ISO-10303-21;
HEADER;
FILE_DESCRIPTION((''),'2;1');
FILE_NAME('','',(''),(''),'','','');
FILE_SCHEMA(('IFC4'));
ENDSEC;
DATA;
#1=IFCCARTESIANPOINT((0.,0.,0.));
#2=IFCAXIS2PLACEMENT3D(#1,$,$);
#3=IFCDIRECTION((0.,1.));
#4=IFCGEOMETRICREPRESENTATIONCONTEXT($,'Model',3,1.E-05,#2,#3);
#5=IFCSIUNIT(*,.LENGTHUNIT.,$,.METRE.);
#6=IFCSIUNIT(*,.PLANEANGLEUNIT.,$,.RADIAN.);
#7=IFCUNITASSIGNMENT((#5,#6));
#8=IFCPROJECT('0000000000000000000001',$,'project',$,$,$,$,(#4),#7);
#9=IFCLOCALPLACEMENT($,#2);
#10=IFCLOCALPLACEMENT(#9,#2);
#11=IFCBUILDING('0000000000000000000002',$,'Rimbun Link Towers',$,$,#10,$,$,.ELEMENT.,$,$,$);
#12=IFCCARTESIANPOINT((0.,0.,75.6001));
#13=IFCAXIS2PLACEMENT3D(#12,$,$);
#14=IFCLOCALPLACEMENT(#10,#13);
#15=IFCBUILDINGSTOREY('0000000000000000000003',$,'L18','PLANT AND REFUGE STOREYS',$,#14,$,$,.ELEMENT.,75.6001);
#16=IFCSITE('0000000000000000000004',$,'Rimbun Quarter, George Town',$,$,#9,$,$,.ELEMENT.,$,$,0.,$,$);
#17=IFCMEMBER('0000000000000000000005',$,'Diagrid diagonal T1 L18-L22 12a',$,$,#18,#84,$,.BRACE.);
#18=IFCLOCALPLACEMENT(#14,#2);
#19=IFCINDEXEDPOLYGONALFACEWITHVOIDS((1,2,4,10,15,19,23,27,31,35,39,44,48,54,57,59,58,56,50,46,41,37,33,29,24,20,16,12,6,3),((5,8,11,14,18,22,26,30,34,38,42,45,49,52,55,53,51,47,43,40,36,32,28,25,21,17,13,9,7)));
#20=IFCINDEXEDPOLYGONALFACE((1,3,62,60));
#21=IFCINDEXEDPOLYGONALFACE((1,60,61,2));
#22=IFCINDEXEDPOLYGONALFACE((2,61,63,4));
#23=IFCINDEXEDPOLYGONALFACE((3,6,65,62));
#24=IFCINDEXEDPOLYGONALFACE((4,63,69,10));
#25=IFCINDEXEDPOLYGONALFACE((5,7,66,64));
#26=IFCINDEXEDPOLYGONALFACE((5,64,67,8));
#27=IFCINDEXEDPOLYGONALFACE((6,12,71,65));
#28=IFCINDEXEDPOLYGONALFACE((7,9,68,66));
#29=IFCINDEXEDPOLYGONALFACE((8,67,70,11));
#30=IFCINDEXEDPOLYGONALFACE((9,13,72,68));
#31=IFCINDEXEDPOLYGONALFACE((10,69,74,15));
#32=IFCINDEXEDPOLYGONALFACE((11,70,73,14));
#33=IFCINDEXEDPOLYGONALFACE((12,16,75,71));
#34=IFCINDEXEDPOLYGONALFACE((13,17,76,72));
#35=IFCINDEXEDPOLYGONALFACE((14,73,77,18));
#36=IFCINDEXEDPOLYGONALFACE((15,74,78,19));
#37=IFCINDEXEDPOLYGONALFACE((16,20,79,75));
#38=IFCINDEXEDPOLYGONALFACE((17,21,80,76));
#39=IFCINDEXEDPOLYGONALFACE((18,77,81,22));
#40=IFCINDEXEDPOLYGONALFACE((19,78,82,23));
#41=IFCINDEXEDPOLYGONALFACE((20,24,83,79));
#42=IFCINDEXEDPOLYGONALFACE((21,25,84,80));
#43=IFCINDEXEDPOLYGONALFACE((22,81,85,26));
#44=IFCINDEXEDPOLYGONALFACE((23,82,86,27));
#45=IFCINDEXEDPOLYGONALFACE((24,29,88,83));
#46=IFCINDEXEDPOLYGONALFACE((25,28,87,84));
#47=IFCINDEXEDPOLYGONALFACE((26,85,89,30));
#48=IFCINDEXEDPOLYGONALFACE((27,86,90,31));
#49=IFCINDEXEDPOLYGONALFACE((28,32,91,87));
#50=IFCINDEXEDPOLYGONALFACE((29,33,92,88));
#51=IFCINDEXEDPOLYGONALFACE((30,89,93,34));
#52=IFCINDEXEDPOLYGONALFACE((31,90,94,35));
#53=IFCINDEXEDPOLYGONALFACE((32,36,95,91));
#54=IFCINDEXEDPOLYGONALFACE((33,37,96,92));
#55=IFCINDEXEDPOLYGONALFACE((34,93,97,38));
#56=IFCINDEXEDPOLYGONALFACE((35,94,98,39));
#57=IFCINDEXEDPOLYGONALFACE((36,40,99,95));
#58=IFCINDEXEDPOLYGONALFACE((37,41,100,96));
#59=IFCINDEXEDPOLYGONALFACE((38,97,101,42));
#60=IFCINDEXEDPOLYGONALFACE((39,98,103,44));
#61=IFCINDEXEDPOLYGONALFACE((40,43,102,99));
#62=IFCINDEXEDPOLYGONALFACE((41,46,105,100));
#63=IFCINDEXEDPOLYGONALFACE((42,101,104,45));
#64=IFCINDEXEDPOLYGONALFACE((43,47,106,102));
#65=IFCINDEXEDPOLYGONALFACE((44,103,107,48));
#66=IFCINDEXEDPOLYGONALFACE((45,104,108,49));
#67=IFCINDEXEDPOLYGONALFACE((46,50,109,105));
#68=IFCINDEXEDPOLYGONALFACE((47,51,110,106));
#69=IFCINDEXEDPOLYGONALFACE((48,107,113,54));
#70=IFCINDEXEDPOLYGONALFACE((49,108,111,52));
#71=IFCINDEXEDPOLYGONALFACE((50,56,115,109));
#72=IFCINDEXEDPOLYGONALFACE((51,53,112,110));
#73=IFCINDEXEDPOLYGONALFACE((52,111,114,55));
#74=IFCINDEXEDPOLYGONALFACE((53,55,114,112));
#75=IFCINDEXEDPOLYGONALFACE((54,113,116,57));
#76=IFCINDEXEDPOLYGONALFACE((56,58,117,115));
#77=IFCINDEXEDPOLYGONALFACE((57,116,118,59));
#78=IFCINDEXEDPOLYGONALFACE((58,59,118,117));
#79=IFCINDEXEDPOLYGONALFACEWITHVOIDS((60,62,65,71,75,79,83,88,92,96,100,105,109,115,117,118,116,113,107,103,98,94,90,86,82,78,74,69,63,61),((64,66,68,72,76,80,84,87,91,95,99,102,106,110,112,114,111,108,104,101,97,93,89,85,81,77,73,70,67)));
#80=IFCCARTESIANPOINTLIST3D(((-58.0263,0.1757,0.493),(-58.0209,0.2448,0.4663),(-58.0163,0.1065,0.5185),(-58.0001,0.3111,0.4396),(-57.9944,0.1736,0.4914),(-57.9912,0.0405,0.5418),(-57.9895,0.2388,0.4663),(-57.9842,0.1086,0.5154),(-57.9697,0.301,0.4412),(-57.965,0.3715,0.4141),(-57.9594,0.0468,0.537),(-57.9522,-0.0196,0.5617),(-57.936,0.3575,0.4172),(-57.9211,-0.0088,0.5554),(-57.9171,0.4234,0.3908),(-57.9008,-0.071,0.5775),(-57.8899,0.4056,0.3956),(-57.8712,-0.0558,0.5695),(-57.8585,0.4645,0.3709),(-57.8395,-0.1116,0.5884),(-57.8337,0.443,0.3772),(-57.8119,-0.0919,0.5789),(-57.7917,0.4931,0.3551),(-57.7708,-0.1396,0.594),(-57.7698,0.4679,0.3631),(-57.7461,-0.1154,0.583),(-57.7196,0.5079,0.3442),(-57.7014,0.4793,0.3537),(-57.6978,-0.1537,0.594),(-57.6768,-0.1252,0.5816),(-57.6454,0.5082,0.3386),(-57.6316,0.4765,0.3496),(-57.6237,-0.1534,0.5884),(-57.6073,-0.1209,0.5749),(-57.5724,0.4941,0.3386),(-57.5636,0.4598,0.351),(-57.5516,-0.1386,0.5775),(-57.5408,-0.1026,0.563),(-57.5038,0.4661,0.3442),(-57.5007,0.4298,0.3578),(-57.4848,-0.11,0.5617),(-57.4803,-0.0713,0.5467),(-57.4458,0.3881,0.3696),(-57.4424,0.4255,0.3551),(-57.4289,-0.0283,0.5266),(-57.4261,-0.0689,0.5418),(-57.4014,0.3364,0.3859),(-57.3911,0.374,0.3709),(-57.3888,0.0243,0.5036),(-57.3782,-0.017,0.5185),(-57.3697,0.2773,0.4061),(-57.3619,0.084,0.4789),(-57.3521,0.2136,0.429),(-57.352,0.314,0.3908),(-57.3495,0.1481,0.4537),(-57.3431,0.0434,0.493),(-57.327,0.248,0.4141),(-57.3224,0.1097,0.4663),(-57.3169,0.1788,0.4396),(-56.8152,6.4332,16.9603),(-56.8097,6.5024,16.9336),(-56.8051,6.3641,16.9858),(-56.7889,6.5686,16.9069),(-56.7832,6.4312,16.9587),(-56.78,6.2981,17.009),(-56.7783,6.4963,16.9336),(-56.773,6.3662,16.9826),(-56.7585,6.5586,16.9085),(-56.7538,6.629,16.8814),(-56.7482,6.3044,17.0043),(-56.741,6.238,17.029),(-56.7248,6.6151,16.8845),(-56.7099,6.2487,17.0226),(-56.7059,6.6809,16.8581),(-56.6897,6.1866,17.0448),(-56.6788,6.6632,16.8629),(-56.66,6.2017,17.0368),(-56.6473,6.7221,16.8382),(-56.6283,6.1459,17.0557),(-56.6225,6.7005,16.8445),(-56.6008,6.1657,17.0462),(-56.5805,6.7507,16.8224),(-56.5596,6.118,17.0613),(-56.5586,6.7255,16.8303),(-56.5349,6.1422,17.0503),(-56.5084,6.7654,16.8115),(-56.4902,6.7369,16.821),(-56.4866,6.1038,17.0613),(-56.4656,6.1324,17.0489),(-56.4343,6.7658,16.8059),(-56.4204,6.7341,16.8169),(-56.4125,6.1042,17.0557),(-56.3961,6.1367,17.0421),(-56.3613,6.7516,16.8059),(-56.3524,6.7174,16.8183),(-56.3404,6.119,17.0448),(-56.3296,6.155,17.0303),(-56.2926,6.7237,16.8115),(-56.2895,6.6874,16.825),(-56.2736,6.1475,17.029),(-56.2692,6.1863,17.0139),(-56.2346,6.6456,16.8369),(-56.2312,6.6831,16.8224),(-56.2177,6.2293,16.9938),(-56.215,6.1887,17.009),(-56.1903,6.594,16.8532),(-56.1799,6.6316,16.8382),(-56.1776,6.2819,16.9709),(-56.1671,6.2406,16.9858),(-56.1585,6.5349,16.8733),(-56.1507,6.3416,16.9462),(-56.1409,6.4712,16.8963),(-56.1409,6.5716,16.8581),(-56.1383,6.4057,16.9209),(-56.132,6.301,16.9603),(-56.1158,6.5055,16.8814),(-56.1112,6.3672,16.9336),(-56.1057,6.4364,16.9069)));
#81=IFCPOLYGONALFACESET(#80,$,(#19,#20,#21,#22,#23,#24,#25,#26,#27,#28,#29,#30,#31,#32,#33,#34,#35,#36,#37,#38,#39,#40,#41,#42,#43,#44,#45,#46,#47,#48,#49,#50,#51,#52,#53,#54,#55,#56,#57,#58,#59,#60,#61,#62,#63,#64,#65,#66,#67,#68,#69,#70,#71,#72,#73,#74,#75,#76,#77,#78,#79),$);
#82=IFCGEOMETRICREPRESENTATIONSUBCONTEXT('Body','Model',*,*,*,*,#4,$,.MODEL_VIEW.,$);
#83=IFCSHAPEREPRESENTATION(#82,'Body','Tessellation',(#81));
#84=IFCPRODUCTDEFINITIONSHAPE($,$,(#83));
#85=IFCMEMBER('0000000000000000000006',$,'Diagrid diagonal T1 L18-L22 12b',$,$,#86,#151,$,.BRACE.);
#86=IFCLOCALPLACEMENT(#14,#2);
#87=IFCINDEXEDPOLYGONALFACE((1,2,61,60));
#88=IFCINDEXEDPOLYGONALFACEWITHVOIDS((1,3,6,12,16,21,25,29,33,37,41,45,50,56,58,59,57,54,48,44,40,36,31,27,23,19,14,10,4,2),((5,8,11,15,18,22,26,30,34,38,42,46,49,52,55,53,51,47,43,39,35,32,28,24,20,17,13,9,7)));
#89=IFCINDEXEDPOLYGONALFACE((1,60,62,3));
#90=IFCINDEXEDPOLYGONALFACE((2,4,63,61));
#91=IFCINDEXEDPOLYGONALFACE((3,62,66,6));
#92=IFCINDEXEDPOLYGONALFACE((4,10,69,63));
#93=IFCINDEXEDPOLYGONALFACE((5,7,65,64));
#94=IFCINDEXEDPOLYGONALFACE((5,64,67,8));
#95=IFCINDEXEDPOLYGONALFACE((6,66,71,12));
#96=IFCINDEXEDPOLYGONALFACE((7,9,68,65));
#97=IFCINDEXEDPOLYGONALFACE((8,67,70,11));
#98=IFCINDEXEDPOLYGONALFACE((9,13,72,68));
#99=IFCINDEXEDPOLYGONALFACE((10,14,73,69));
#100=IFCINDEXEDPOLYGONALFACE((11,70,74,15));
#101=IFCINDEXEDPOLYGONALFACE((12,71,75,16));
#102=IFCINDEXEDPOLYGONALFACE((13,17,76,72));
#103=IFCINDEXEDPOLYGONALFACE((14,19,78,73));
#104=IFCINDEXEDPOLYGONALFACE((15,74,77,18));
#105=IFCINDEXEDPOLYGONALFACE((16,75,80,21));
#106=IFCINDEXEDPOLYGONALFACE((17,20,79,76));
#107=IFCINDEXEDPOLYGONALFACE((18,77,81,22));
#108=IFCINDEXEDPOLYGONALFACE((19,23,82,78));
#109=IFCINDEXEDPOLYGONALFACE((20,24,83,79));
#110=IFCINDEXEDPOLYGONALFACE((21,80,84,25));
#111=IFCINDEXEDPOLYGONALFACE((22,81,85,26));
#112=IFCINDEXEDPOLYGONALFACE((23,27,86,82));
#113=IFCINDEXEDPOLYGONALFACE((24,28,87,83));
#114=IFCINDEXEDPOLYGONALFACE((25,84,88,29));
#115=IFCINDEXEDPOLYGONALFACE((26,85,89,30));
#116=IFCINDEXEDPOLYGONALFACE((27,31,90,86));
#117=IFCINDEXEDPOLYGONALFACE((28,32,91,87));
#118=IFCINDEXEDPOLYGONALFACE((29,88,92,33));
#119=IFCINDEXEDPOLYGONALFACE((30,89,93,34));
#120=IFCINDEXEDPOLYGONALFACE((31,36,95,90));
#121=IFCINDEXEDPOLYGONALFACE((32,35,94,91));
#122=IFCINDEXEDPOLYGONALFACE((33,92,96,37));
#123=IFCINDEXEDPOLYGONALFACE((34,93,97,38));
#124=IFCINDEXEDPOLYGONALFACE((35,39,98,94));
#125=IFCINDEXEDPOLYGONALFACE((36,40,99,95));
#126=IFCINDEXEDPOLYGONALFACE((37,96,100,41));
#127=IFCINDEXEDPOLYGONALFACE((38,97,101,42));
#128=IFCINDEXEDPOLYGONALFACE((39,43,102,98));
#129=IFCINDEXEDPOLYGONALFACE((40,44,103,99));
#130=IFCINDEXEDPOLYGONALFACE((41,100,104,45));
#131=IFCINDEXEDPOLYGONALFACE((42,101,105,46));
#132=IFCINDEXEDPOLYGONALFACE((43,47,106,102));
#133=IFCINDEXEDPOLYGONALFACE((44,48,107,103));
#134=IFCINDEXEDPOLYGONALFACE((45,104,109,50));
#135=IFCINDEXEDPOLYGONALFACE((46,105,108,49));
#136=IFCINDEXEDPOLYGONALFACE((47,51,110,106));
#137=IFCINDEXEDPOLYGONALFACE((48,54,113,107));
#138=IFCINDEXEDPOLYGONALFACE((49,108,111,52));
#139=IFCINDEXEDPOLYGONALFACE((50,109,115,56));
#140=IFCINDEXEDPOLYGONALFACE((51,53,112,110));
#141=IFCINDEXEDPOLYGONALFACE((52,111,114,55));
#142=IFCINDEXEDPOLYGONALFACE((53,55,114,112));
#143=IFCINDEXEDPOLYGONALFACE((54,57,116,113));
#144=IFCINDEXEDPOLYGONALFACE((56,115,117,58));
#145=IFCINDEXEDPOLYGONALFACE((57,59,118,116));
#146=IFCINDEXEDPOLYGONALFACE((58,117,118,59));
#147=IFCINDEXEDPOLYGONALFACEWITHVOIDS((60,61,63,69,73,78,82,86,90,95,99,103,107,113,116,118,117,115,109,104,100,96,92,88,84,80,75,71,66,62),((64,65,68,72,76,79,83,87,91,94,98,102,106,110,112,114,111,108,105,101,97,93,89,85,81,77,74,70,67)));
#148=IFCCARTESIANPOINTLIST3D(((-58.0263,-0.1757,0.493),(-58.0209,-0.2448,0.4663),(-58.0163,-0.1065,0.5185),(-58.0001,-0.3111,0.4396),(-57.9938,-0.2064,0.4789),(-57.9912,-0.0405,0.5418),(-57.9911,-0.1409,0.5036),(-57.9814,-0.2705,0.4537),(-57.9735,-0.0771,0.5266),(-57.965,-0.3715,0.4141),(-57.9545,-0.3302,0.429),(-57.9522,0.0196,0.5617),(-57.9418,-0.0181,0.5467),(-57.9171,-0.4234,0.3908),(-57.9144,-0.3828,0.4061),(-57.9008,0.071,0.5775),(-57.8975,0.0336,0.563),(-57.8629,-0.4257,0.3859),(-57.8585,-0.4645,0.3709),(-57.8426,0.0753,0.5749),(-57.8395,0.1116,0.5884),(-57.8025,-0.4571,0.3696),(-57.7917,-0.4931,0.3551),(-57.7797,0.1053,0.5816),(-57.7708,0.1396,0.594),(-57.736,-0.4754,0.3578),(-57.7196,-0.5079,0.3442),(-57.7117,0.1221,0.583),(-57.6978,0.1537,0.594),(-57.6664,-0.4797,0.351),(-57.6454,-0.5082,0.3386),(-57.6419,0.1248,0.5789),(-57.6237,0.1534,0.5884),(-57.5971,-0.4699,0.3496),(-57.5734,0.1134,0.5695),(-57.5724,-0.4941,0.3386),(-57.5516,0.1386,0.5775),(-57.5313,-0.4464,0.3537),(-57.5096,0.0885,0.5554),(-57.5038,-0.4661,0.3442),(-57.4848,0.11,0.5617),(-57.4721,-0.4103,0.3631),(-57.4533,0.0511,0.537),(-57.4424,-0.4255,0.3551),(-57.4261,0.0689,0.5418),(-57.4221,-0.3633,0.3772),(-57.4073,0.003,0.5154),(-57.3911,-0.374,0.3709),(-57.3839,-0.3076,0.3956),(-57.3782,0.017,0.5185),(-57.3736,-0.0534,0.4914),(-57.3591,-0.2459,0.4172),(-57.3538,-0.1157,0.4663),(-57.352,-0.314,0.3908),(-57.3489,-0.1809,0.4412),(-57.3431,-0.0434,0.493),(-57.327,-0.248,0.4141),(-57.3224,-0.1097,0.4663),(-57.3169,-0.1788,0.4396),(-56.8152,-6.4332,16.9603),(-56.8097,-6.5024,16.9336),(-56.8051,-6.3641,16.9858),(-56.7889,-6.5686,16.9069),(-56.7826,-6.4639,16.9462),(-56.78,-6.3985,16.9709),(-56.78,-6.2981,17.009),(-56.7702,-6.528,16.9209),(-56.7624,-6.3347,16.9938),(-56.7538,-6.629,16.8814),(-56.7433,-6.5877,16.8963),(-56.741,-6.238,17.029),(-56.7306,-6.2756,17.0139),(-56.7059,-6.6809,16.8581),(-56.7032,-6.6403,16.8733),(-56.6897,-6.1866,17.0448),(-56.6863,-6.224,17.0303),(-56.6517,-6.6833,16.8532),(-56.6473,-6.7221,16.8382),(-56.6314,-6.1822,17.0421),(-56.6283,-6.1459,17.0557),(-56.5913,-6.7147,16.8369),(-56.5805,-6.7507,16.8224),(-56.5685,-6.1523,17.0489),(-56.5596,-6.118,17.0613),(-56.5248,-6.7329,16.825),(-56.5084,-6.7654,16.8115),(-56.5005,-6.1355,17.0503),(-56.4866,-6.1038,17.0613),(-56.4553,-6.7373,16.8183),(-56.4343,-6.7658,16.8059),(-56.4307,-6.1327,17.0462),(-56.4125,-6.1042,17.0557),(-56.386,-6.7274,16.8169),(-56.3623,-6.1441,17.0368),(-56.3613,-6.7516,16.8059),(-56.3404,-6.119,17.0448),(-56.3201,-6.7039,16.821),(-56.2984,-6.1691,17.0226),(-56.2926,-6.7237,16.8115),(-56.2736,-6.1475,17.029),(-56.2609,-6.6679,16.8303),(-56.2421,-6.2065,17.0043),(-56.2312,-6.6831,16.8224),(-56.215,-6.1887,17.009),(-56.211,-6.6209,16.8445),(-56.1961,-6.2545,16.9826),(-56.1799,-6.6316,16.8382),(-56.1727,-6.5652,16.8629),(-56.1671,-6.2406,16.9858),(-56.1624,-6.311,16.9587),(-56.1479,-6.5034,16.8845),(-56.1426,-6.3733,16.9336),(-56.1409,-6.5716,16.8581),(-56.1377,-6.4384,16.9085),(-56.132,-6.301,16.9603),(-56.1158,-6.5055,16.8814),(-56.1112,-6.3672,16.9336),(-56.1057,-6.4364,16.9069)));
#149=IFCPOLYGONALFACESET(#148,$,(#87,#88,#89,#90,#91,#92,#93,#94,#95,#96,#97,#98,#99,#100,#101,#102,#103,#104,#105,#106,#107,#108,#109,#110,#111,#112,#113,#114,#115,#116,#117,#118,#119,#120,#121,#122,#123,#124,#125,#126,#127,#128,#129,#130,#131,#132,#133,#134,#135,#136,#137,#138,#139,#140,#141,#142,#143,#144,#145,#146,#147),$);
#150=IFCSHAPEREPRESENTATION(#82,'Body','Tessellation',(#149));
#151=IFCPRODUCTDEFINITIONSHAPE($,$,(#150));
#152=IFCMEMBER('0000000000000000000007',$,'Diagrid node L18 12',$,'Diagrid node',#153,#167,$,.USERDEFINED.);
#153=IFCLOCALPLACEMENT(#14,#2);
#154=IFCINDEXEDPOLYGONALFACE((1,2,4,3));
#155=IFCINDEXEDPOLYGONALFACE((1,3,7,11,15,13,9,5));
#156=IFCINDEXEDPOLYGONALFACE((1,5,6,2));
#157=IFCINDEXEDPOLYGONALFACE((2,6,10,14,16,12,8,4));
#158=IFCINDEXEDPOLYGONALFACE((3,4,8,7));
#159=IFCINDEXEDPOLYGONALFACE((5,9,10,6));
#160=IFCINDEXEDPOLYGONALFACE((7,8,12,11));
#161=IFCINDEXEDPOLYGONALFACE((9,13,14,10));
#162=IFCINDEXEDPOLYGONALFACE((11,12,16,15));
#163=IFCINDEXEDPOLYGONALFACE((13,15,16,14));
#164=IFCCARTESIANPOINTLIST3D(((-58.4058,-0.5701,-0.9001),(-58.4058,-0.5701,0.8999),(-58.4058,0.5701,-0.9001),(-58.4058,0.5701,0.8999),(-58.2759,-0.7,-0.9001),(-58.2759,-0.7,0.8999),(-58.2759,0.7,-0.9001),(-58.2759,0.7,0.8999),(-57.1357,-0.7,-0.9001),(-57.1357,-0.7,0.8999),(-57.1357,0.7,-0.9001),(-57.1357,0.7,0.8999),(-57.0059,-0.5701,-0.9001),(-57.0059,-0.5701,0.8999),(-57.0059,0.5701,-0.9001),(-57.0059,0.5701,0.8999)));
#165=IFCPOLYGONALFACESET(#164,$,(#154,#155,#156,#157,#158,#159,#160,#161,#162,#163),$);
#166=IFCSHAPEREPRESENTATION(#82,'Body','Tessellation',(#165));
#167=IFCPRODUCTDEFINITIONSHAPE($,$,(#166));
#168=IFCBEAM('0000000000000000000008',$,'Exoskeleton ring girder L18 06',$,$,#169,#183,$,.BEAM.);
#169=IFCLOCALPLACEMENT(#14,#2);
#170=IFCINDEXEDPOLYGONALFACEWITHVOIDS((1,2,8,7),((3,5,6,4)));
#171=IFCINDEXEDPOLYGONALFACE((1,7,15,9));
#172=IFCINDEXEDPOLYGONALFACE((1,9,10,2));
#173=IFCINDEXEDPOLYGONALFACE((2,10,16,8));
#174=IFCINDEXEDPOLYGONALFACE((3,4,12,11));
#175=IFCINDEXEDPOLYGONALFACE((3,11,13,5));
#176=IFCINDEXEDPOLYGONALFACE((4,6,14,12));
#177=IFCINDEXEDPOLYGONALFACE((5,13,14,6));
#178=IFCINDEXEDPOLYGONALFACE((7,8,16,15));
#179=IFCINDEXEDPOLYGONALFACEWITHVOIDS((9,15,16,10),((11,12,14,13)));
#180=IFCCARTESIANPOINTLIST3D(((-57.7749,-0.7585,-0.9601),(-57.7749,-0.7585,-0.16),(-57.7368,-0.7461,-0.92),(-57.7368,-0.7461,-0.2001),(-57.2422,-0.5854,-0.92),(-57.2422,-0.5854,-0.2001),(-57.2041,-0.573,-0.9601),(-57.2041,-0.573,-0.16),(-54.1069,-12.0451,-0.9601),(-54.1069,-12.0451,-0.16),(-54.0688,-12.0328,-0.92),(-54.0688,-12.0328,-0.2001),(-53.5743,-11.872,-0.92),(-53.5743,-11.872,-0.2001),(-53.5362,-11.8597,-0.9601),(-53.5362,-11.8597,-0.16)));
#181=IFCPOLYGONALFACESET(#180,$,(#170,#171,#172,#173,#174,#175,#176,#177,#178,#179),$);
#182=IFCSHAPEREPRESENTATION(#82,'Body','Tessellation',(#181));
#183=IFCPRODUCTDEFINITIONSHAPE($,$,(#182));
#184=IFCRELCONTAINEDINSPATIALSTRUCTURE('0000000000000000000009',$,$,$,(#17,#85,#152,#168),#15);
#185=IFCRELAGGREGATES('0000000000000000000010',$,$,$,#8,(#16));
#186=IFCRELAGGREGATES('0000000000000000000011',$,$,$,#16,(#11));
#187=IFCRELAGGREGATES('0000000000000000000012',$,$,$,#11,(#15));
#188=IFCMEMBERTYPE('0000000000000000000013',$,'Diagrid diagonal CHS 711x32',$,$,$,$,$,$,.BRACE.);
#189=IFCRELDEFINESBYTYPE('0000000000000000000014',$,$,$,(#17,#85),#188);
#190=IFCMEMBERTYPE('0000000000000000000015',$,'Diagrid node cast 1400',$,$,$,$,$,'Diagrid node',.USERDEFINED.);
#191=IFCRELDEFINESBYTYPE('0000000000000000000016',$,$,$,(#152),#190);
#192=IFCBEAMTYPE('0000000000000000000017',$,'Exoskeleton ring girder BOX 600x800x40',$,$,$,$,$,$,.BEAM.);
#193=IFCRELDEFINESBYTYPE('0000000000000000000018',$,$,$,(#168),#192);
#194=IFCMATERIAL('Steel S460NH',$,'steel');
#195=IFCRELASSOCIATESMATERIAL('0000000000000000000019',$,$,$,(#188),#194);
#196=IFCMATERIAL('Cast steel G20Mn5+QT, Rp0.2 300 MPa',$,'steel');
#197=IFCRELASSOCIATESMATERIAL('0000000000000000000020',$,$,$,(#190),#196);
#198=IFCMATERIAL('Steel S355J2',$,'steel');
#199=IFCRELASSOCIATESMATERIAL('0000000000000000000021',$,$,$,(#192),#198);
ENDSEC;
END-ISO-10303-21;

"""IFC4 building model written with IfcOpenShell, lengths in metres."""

from ifc_helpers import new_model, si_unit, direction, frame, origin, origin_2d, place, context, subcontext, project, spatial, polyline, hollow_rectangle, hollow_circle, outline, extrude, material, material_profile, profile_set, type_object, element, save


model = new_model("IFC4")

# Units and contexts
model_context = context("Model", 3, precision=1e-05, world=origin(), true_north=direction((0.0, 1.0)))
body_context = subcontext(model_context, "Body", "Model", "MODEL_VIEW")
ifc_project = project(units=[si_unit("LENGTHUNIT", "METRE"), si_unit("PLANEANGLEUNIT", "RADIAN")], contexts=[model_context])

# Site, building, storey
site_placement = place(None, origin())
site = spatial("IfcSite", under=ifc_project, at=site_placement, Name="Rimbun Quarter, George Town", CompositionType="ELEMENT", RefElevation=0.0)
building_placement = place(site_placement, origin())
building = spatial("IfcBuilding", under=site, at=building_placement, Name="Rimbun Link Towers", CompositionType="ELEMENT")
storey_placement = place(building_placement, frame((0.0, 0.0, 75.6001)))
storey = spatial("IfcBuildingStorey", under=building, at=storey_placement, Name="L18", Description="PLANT AND REFUGE STOREYS", CompositionType="ELEMENT", Elevation=75.6001)

# Members
ifc_material_1 = material(Name="Steel S460NH", Category="steel")
ifc_material_profile_1 = material_profile(ifc_material_1, hollow_circle(Radius=0.3557, WallThickness=0.032, at=origin_2d()), Name="Diagrid diagonal CHS 711x32")
ifc_profile_set_1 = profile_set([ifc_material_profile_1], Name="Steel S460NH")
member_type_1 = type_object("IfcMemberType", Name="Diagrid diagonal CHS 711x32", PredefinedType="BRACE", material=ifc_profile_set_1)
for number, where, z_axis, x_axis, name in (
    (1, (-57.6716, 0.1772, 0.4663), (0.068592, 0.354381, 0.932582), (-0.981779, 0.190028, 0.0), "Diagrid diagonal T1 L18-L22 12a"),
    (2, (-57.6716, -0.1772, 0.4663), (0.068592, -0.354381, 0.932582), (0.981779, 0.190028, 0.0), "Diagrid diagonal T1 L18-L22 12b"),
):
    element("IfcMember", number, at=place(storey_placement, frame(where, z_axis=z_axis, x_axis=x_axis)), inside=storey, type_object=member_type_1, Name=name, PredefinedType="BRACE", context=body_context, shape_type="SweptSolid", body=[
        extrude(hollow_circle(Radius=0.3557, WallThickness=0.032, at=origin_2d()), origin(), (0.0, 0.0, 1.0), 17.6577),
    ])
ifc_material_2 = material(Name="Cast steel G20Mn5+QT, Rp0.2 300 MPa", Category="steel")
ifc_material_profile_2 = material_profile(ifc_material_2, outline(polyline([(0.7, -0.5701), (0.7, 0.5701), (0.5701, 0.7), (-0.5701, 0.7), (-0.7, 0.5701), (-0.7, -0.5701), (-0.5701, -0.7), (0.5701, -0.7), (0.7, -0.5701)])), Name="NODE 1400x1400")
ifc_profile_set_2 = profile_set([ifc_material_profile_2], Name="Cast steel G20Mn5+QT, Rp0.2 300 MPa")
member_type_2 = type_object("IfcMemberType", Name="Diagrid node cast 1400", ElementType="Diagrid node", PredefinedType="USERDEFINED", material=ifc_profile_set_2)
member_1_placement = place(storey_placement, frame((-57.7058, 0.0, -0.9001), z_axis=(0.0, 0.0, 1.0), x_axis=(-1.0, 0.0, 0.0)))
element("IfcMember", 3, at=member_1_placement, inside=storey, type_object=member_type_2, Name="Diagrid node L18 12", ObjectType="Diagrid node", PredefinedType="USERDEFINED", context=body_context, shape_type="SweptSolid", body=[
    extrude(outline(polyline([(0.7, -0.5701), (0.7, 0.5701), (0.5701, 0.7), (-0.5701, 0.7), (-0.7, 0.5701), (-0.7, -0.5701), (-0.5701, -0.7), (0.5701, -0.7), (0.7, -0.5701)])), origin(), (0.0, 0.0, 1.0), 1.8),
])

# Beam
ifc_material_3 = material(Name="Steel S355J2", Category="steel")
ifc_material_profile_3 = material_profile(ifc_material_3, hollow_rectangle(XDim=0.6001, YDim=0.8, WallThickness=0.04, at=origin_2d()), Name="Exoskeleton ring girder BOX 600x800x40")
ifc_profile_set_3 = profile_set([ifc_material_profile_3], Name="Steel S355J2")
beam_type_1 = type_object("IfcBeamType", Name="Exoskeleton ring girder BOX 600x800x40", PredefinedType="BEAM", material=ifc_profile_set_3)
beam_1_placement = place(storey_placement, frame((-57.4895, -0.6658, -0.5601), z_axis=(0.309072, -0.951039, 0.0), x_axis=(0.951039, 0.309072, 0.0)))
element("IfcBeam", 4, at=beam_1_placement, inside=storey, type_object=beam_type_1, Name="Exoskeleton ring girder L18 06", PredefinedType="BEAM", context=body_context, shape_type="SweptSolid", body=[
    extrude(hollow_rectangle(XDim=0.6001, YDim=0.8, WallThickness=0.04, at=origin_2d()), origin(), (0.0, 0.0, 1.0), 11.8677),
])

save(model, "model.ifc")
